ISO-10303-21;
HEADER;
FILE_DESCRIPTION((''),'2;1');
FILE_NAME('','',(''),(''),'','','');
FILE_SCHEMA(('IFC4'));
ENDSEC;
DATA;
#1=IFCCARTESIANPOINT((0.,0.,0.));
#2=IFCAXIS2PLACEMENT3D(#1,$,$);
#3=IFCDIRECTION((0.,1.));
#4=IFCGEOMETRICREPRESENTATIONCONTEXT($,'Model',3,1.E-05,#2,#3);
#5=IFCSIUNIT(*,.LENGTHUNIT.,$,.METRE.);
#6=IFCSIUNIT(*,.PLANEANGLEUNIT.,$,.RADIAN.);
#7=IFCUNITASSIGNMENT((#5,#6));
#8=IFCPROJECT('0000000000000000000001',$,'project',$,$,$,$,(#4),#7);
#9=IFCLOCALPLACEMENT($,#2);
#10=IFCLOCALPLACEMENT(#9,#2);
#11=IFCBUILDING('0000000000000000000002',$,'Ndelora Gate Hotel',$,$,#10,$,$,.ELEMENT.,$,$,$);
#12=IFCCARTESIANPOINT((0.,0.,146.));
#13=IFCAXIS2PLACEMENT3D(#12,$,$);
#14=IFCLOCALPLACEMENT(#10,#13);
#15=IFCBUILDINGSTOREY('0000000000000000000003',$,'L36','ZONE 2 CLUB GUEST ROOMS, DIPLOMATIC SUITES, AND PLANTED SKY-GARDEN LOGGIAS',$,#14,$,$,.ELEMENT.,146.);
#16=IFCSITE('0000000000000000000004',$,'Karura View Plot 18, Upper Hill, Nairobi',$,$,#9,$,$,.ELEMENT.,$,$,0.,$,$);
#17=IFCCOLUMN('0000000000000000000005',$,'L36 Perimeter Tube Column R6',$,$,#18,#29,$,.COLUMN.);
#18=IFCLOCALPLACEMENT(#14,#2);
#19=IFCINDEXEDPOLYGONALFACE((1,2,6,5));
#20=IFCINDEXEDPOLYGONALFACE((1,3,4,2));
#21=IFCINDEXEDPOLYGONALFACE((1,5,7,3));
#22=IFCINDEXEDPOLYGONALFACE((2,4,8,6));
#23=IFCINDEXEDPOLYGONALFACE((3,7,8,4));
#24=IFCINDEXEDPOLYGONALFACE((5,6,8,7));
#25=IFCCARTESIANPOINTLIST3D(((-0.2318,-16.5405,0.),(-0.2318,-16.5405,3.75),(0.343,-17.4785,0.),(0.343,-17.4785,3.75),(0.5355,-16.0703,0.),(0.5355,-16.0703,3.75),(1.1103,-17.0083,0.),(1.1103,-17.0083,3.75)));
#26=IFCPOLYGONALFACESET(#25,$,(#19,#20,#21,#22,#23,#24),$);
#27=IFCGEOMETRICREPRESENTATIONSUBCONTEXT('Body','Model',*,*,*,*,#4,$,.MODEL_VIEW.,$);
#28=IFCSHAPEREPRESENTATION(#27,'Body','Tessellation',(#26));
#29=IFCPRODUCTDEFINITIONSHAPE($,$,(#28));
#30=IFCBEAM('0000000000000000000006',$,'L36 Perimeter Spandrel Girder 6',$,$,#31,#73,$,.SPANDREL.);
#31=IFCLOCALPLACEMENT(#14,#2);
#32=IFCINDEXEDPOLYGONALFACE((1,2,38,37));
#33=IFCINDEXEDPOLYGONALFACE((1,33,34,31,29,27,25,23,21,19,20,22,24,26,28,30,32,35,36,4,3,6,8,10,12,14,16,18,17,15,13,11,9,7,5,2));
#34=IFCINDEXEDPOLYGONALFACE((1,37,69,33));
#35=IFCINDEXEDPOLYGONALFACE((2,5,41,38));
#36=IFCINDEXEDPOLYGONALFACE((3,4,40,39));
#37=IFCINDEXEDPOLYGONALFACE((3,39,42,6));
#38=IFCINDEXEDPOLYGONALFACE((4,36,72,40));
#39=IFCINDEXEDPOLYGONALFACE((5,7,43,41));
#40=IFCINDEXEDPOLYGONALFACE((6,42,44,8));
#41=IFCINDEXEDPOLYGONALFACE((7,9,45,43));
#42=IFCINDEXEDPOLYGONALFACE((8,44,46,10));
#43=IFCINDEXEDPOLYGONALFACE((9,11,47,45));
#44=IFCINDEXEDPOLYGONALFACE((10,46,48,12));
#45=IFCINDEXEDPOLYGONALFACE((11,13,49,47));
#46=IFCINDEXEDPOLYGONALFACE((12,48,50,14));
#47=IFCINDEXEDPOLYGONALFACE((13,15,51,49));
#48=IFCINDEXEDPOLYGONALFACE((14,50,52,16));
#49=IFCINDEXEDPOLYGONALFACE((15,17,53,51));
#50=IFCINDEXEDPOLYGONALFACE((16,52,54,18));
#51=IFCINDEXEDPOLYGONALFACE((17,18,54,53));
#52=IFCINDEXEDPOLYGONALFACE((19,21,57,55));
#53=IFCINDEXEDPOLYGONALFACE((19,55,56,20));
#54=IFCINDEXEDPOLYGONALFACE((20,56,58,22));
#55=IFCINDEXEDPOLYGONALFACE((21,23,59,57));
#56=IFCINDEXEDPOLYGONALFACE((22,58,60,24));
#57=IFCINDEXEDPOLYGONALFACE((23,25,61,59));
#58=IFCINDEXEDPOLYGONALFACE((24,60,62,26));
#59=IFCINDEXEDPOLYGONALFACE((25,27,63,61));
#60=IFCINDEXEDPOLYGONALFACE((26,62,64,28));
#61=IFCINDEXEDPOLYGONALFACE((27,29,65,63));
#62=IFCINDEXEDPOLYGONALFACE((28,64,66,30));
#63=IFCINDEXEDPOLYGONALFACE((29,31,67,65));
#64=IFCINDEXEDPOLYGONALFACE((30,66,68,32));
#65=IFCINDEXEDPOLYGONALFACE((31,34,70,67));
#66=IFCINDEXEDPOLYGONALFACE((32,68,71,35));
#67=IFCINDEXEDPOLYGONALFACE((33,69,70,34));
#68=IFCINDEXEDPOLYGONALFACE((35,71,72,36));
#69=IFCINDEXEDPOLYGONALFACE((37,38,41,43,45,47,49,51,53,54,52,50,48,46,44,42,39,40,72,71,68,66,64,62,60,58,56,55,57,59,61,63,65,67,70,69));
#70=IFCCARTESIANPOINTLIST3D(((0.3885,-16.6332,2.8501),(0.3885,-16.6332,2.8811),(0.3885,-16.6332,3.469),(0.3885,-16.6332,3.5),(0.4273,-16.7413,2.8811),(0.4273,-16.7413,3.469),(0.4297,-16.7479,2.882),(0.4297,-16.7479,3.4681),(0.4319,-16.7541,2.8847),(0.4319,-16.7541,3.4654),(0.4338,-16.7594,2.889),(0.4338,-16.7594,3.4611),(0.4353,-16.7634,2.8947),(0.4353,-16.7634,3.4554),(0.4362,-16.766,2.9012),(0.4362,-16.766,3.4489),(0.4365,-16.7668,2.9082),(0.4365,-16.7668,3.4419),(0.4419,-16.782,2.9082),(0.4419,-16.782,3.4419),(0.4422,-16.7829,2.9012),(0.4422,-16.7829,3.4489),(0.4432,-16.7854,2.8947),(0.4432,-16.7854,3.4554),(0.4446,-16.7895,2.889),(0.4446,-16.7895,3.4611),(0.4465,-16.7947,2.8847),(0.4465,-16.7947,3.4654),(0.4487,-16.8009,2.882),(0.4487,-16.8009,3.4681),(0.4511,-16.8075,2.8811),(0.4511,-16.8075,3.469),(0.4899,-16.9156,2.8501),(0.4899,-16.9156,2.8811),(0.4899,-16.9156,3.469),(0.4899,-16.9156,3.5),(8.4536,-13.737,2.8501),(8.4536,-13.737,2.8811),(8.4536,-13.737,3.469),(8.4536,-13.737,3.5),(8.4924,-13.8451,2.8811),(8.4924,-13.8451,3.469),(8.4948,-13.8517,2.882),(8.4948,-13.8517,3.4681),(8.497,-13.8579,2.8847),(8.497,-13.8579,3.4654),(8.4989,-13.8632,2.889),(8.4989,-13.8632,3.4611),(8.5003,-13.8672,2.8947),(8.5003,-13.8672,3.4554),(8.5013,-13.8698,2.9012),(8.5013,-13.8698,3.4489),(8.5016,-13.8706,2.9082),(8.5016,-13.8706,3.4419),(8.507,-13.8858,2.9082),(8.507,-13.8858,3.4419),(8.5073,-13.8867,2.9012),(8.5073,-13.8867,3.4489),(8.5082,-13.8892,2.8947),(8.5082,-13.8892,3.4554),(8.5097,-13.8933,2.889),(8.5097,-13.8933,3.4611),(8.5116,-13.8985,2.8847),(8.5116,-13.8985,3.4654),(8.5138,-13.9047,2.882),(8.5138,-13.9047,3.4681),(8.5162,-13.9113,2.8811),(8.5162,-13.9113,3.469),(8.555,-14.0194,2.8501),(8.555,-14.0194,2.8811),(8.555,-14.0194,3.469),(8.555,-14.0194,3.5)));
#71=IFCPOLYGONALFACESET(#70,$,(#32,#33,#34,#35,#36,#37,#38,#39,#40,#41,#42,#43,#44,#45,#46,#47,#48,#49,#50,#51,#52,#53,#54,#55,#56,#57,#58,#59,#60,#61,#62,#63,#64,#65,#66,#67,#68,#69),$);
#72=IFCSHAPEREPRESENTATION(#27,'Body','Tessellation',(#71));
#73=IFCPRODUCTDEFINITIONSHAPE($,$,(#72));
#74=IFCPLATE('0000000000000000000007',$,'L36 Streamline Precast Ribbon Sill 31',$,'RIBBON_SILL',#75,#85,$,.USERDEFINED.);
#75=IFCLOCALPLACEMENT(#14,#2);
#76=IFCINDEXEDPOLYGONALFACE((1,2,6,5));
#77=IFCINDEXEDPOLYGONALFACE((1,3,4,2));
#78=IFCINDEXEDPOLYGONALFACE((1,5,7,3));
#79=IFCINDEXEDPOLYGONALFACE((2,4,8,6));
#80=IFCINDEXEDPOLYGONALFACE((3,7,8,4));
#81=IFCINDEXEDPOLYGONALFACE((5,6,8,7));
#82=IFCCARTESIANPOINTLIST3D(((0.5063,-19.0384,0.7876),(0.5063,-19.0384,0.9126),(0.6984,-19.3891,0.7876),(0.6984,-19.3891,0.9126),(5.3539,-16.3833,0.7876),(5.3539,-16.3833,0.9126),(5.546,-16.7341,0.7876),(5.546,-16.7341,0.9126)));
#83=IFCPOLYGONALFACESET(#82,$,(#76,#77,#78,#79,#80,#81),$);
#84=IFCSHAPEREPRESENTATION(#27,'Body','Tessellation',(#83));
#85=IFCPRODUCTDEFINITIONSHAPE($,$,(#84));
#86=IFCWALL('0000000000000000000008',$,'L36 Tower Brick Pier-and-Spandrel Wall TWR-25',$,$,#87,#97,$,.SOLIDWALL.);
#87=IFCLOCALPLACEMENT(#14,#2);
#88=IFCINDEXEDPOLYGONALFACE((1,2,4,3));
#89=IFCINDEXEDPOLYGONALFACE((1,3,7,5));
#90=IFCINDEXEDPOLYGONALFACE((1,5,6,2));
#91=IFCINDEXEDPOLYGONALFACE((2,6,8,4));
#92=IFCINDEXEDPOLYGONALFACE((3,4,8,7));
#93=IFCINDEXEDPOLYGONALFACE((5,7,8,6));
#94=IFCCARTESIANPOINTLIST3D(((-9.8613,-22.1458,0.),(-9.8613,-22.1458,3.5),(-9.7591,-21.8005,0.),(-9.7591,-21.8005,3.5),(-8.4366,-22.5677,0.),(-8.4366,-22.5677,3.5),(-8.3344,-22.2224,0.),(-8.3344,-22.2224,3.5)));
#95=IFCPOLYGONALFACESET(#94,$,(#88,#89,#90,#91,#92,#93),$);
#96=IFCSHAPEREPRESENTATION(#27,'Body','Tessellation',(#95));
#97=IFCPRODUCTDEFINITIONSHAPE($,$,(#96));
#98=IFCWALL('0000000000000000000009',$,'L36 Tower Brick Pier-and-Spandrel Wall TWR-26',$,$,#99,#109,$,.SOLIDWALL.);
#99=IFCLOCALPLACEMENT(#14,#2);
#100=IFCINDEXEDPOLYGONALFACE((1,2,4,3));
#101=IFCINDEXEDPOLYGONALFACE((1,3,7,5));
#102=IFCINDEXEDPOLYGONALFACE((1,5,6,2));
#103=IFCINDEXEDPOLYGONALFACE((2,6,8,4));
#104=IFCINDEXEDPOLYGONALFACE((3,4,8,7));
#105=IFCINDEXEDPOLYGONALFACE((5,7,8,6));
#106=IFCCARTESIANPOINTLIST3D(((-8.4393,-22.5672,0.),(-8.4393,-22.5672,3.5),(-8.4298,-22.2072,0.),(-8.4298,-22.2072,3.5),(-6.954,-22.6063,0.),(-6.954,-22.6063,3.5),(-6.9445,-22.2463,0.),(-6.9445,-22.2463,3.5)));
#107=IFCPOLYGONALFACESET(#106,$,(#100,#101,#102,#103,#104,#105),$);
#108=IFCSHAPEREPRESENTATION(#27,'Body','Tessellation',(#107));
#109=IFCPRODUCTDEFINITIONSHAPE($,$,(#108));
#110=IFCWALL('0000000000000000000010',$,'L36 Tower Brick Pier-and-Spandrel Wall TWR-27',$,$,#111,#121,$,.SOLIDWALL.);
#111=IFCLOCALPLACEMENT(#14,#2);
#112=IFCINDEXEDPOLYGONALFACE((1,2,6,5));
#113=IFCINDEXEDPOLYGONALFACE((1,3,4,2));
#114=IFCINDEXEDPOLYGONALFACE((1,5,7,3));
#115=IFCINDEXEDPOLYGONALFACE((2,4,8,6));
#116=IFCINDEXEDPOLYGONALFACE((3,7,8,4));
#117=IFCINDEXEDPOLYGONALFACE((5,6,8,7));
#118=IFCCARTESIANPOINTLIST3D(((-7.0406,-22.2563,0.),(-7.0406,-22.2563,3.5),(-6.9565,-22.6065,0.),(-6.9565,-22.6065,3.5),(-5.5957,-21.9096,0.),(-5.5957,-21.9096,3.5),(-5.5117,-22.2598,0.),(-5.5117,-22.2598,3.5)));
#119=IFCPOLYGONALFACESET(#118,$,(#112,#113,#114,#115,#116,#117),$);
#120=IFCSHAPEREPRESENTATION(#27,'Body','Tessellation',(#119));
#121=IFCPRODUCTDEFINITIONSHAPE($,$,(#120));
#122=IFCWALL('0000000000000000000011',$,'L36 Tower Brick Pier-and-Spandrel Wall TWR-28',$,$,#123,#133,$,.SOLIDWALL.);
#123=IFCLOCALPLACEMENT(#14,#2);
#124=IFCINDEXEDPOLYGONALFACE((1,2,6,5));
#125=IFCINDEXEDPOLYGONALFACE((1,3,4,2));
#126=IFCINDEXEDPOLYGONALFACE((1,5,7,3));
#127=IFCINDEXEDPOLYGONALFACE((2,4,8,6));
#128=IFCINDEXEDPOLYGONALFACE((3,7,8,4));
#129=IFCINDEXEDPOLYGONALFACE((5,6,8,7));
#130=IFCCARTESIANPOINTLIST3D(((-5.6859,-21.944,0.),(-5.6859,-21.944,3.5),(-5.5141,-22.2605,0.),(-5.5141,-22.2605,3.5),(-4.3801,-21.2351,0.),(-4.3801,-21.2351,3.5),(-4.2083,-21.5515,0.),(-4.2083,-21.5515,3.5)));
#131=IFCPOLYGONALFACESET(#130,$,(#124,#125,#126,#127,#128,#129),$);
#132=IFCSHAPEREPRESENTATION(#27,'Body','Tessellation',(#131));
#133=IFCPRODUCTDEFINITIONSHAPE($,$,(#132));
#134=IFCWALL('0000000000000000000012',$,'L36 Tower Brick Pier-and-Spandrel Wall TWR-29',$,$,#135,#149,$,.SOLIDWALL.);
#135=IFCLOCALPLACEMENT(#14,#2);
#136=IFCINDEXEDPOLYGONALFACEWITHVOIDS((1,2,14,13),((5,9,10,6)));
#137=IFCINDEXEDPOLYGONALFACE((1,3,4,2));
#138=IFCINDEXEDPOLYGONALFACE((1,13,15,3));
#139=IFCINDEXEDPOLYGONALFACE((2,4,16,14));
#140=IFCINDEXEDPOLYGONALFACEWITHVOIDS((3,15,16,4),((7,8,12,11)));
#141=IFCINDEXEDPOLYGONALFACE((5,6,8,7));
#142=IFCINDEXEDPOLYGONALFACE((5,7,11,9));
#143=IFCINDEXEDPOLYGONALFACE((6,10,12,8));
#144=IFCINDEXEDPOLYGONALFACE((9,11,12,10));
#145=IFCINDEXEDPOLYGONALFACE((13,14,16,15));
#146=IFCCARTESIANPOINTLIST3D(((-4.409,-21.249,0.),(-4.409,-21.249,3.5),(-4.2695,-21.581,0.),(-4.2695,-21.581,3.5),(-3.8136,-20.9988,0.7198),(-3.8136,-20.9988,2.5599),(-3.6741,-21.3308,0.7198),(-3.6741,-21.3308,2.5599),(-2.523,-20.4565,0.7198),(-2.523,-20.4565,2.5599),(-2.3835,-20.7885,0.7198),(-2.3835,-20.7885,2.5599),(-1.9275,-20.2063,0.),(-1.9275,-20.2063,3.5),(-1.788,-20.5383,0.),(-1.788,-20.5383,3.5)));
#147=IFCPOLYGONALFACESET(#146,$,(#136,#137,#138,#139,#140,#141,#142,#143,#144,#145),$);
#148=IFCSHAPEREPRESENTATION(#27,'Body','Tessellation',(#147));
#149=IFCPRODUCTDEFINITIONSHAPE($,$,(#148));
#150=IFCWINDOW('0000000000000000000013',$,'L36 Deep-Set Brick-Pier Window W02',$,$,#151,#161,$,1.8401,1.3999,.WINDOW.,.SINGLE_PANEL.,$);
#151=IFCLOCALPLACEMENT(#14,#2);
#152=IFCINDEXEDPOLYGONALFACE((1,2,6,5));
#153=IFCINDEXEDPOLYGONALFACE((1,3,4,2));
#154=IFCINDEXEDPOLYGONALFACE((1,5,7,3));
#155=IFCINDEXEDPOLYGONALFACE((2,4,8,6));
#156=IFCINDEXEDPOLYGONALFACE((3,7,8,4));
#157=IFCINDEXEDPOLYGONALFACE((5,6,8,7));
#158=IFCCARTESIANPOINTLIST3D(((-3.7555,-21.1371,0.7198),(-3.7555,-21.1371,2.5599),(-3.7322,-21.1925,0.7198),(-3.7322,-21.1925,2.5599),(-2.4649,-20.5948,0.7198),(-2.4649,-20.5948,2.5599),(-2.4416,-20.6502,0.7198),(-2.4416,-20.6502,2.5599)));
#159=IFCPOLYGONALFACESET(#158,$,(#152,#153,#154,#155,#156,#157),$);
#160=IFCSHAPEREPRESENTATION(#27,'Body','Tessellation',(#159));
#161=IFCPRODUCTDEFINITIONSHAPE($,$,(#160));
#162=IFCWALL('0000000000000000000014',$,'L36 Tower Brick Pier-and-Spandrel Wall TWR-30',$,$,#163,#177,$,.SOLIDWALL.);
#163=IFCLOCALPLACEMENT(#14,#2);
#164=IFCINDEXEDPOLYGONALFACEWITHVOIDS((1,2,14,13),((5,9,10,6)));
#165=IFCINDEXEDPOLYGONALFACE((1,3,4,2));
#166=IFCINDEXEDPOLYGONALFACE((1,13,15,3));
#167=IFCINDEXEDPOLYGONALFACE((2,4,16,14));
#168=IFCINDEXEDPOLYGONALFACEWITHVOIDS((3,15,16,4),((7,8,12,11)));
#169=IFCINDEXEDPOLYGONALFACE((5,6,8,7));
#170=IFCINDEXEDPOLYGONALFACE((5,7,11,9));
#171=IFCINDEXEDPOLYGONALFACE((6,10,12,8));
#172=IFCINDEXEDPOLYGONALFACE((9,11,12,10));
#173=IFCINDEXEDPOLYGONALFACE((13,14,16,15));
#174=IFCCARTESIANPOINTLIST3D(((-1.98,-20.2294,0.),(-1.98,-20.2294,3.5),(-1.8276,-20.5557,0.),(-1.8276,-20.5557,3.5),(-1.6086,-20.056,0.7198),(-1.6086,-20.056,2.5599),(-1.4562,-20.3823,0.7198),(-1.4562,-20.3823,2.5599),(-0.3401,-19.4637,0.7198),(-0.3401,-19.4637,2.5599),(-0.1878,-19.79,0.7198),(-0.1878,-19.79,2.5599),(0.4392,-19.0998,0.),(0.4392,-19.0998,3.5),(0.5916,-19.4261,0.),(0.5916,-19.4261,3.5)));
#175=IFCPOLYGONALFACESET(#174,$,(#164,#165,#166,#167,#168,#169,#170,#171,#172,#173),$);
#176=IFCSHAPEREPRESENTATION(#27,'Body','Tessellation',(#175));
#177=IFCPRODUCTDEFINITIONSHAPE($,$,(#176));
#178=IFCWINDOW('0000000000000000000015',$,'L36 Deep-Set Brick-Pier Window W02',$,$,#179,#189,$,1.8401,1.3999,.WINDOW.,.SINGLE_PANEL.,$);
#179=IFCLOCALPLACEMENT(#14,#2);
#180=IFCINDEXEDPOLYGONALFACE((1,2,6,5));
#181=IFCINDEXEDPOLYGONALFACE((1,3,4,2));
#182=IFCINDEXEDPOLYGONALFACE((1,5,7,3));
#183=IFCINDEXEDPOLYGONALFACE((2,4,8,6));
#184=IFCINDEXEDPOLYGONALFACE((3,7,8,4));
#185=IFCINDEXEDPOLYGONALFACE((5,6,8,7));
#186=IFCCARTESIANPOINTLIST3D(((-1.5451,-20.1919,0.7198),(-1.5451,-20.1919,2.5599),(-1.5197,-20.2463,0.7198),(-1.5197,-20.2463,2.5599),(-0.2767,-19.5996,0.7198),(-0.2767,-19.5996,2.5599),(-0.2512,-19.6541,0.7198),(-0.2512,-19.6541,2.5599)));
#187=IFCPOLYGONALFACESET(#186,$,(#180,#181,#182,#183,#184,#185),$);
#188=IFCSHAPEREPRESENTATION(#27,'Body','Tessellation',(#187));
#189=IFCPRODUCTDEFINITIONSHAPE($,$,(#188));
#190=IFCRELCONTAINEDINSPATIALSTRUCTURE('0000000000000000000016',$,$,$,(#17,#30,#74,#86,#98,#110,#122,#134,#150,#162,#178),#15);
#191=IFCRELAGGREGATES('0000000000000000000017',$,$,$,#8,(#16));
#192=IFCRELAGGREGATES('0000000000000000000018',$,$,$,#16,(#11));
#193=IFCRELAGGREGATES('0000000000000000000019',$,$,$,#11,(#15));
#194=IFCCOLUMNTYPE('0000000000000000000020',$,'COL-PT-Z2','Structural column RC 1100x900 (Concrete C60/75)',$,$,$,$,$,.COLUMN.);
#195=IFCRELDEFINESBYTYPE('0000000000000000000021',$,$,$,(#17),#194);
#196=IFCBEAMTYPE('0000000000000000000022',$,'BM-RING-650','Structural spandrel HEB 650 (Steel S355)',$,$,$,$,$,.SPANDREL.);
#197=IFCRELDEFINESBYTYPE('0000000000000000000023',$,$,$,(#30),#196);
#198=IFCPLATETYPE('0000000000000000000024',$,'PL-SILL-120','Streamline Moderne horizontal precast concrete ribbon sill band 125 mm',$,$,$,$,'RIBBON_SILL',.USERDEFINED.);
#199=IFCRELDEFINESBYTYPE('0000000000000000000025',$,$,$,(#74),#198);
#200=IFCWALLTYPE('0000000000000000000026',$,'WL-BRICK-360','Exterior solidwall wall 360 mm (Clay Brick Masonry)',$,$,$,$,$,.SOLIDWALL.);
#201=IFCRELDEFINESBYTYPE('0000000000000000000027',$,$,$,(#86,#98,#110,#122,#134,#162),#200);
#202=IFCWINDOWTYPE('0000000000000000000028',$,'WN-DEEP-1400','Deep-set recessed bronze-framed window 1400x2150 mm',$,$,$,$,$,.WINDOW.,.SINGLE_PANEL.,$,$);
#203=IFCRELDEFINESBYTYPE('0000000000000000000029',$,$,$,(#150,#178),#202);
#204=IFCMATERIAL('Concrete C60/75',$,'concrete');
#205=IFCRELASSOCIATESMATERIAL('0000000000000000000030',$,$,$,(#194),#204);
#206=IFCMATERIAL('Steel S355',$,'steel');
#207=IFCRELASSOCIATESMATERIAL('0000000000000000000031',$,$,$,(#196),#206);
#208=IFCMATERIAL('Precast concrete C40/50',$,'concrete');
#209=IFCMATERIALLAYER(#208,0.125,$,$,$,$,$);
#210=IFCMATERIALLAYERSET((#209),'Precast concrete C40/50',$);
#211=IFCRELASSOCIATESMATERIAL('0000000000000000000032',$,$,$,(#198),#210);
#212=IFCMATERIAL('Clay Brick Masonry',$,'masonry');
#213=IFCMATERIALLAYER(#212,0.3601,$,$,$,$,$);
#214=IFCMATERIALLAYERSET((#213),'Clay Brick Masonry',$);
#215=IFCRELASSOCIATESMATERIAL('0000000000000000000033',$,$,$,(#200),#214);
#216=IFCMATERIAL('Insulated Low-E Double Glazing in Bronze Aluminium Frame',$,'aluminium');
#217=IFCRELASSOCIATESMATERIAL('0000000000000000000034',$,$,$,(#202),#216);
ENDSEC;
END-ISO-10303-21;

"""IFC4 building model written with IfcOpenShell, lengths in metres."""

from ifc_helpers import new_model, si_unit, direction, frame, frame_2d, origin, origin_2d, place, context, subcontext, project, spatial, rectangle, i_section, extrude, material, layer, layer_set, material_profile, profile_set, type_object, element, fill, save


model = new_model("IFC4")

# Units and contexts
model_context = context("Model", 3, precision=1e-05, world=origin(), true_north=direction((0.0, 1.0)))
body_context = subcontext(model_context, "Body", "Model", "MODEL_VIEW")
ifc_project = project(units=[si_unit("LENGTHUNIT", "METRE"), si_unit("PLANEANGLEUNIT", "RADIAN")], contexts=[model_context])

# Site, building, storey
site_placement = place(None, origin())
site = spatial("IfcSite", under=ifc_project, at=site_placement, Name="Karura View Plot 18, Upper Hill, Nairobi", CompositionType="ELEMENT", RefElevation=0.0)
building_placement = place(site_placement, origin())
building = spatial("IfcBuilding", under=site, at=building_placement, Name="Ndelora Gate Hotel", CompositionType="ELEMENT")
storey_placement = place(building_placement, frame((0.0, 0.0, 146.0)))
storey = spatial("IfcBuildingStorey", under=building, at=storey_placement, Name="L36", Description="ZONE 2 CLUB GUEST ROOMS, DIPLOMATIC SUITES, AND PLANTED SKY-GARDEN LOGGIAS", CompositionType="ELEMENT", Elevation=146.0)

# Column
ifc_material_1 = material(Name="Concrete C60/75", Category="concrete")
ifc_material_profile_1 = material_profile(ifc_material_1, rectangle(XDim=0.8999, YDim=1.1001, at=origin_2d()), Name="RC 1100x900")
ifc_profile_set_1 = profile_set([ifc_material_profile_1], Name="Concrete C60/75")
column_type = type_object("IfcColumnType", Name="COL-PT-Z2", Description="Structural column RC 1100x900 (Concrete C60/75)", PredefinedType="COLUMN", material=ifc_profile_set_1)
column_placement = place(storey_placement, frame((0.4392, -16.7744, 0.0), z_axis=(0.0, 0.0, 1.0), x_axis=(0.85264, 0.522499, 0.0)))
element("IfcColumn", 1, at=column_placement, inside=storey, type_object=column_type, Name="L36 Perimeter Tube Column R6", PredefinedType="COLUMN", context=body_context, shape_type="SweptSolid", body=[
    extrude(rectangle(XDim=0.8999, YDim=1.1001, at=origin_2d()), origin(), (0.0, 0.0, 1.0), 3.75),
])

# Beam
ifc_material_2 = material(Name="Steel S355", Category="steel")
ifc_material_profile_2 = material_profile(ifc_material_2, i_section(OverallWidth=0.3, OverallDepth=0.6499, WebThickness=0.0161, FlangeThickness=0.031, FilletRadius=0.0271, at=origin_2d()), Name="HEB 650")
ifc_profile_set_2 = profile_set([ifc_material_profile_2], Name="Steel S355")
beam_type = type_object("IfcBeamType", Name="BM-RING-650", Description="Structural spandrel HEB 650 (Steel S355)", PredefinedType="SPANDREL", material=ifc_profile_set_2)
beam_placement = place(storey_placement, frame((0.4392, -16.7744, 3.175), z_axis=(0.941156, 0.337973, 0.0), x_axis=(-0.337973, 0.941156, 0.0)))
element("IfcBeam", 2, at=beam_placement, inside=storey, type_object=beam_type, Name="L36 Perimeter Spandrel Girder 6", PredefinedType="SPANDREL", context=body_context, shape_type="SweptSolid", body=[
    extrude(i_section(OverallWidth=0.3, OverallDepth=0.6499, WebThickness=0.0161, FlangeThickness=0.031, FilletRadius=0.0271, at=origin_2d()), origin(), (0.0, 0.0, 1.0), 8.5693),
])

# Plate
ifc_material_3 = material(Name="Precast concrete C40/50", Category="concrete")
ifc_layer_1 = layer(ifc_material_3, 0.125)
ifc_layer_set_1 = layer_set([ifc_layer_1], Name="Precast concrete C40/50")
plate_type = type_object("IfcPlateType", Name="PL-SILL-120", Description="Streamline Moderne horizontal precast concrete ribbon sill band 125 mm", ElementType="RIBBON_SILL", PredefinedType="USERDEFINED", material=ifc_layer_set_1)
plate_placement = place(storey_placement, frame((3.0261, -17.8862, 0.7876), z_axis=(0.0, 0.0, 1.0), x_axis=(0.877062, 0.480377, 0.0)))
element("IfcPlate", 3, at=plate_placement, inside=storey, type_object=plate_type, Name="L36 Streamline Precast Ribbon Sill 31", ObjectType="RIBBON_SILL", PredefinedType="USERDEFINED", context=body_context, shape_type="SweptSolid", body=[
    extrude(rectangle(XDim=5.5271, YDim=0.3999, at=origin_2d()), origin(), (0.0, 0.0, 1.0), 0.125),
])

# Walls
ifc_material_4 = material(Name="Clay Brick Masonry", Category="masonry")
ifc_layer_2 = layer(ifc_material_4, 0.3601)
ifc_layer_set_2 = layer_set([ifc_layer_2], Name="Clay Brick Masonry")
wall_type_1 = type_object("IfcWallType", Name="WL-BRICK-360", Description="Exterior solidwall wall 360 mm (Clay Brick Masonry)", PredefinedType="SOLIDWALL", material=ifc_layer_set_2)
for number, where, z_axis, x_axis, name in (
    (4, (-8.3855, -22.395, 0.0), (0.0, 0.0, 1.0), (-0.958851, 0.283909, 0.0), "L36 Tower Brick Pier-and-Spandrel Wall TWR-25"),
    (5, (-6.9492, -22.4263, 0.0), (0.0, 0.0, 1.0), (-0.999654, 0.026289, 0.0), "L36 Tower Brick Pier-and-Spandrel Wall TWR-26"),
    (6, (-5.5537, -22.0847, 0.0), (0.0, 0.0, 1.0), (-0.972399, -0.233323, 0.0), "L36 Tower Brick Pier-and-Spandrel Wall TWR-27"),
    (7, (-4.2942, -21.3933, 0.0), (0.0, 0.0, 1.0), (-0.878836, -0.477124, 0.0), "L36 Tower Brick Pier-and-Spandrel Wall TWR-28"),
):
    element("IfcWall", number, at=place(storey_placement, frame(where, z_axis=z_axis, x_axis=x_axis)), inside=storey, type_object=wall_type_1, Name=name, PredefinedType="SOLIDWALL", context=body_context, shape_type="SweptSolid", body=[
        extrude(rectangle(XDim=1.4858, YDim=0.3601, at=frame_2d((0.7429, 0.0))), origin(), (0.0, 0.0, 1.0), 3.5),
    ])

# Walls, openings, windows
wall_1_placement = place(storey_placement, frame((-1.8579, -20.3723, 0.0), z_axis=(0.0, 0.0, 1.0), x_axis=(-0.921913, -0.387396, 0.0)))
wall_1 = element("IfcWall", 8, at=wall_1_placement, inside=storey, type_object=wall_type_1, Name="L36 Tower Brick Pier-and-Spandrel Wall TWR-29", PredefinedType="SOLIDWALL", context=body_context, shape_type="SweptSolid", body=[
    extrude(rectangle(XDim=2.6917, YDim=0.3601, at=frame_2d((1.3457, 0.0))), origin(), (0.0, 0.0, 1.0), 3.5),
])
opening_1_placement = place(wall_1_placement, frame((0.6458, 0.0, 0.72)))
opening_1 = element("IfcOpeningElement", 9, at=opening_1_placement, cuts=wall_1, PredefinedType="OPENING", context=body_context, shape_type="SweptSolid", body=[
    extrude(rectangle(XDim=1.3999, YDim=1.8401, at=frame_2d((0.7, 0.9199))), frame((0.0, 0.1899, 0.0), z_axis=(0.0, -1.0, 0.0), x_axis=(1.0, 0.0, 0.0)), (0.0, 0.0, 1.0), 0.3801),
])
ifc_material_5 = material(Name="Insulated Low-E Double Glazing in Bronze Aluminium Frame", Category="aluminium")
window_type = type_object("IfcWindowType", Name="WN-DEEP-1400", Description="Deep-set recessed bronze-framed window 1400x2150 mm", PartitioningType="SINGLE_PANEL", PredefinedType="WINDOW", material=ifc_material_5)
window_1_placement = place(opening_1_placement, origin())
window_1 = element("IfcWindow", 10, at=window_1_placement, inside=storey, type_object=window_type, Name="L36 Deep-Set Brick-Pier Window W02", OverallHeight=1.8401, OverallWidth=1.3999, PartitioningType="SINGLE_PANEL", PredefinedType="WINDOW", context=body_context, shape_type="SweptSolid", body=[
    extrude(rectangle(XDim=1.3999, YDim=1.8401, at=frame_2d((0.7, 0.9199))), frame((0.0, 0.03, 0.0), z_axis=(0.0, -1.0, 0.0), x_axis=(1.0, 0.0, 0.0)), (0.0, 0.0, 1.0), 0.0601),
])
fill(opening_1, window_1)
wall_2_placement = place(storey_placement, frame((0.5154, -19.2629, 0.0), z_axis=(0.0, 0.0, 1.0), x_axis=(-0.906085, -0.423096, 0.0)))
wall_2 = element("IfcWall", 11, at=wall_2_placement, inside=storey, type_object=wall_type_1, Name="L36 Tower Brick Pier-and-Spandrel Wall TWR-30", PredefinedType="SOLIDWALL", context=body_context, shape_type="SweptSolid", body=[
    extrude(rectangle(XDim=2.6699, YDim=0.3601, at=frame_2d((1.335, 0.0))), origin(), (0.0, 0.0, 1.0), 3.5),
])
opening_2_placement = place(wall_2_placement, frame((0.8601, 0.0, 0.72)))
opening_2 = element("IfcOpeningElement", 12, at=opening_2_placement, cuts=wall_2, PredefinedType="OPENING", context=body_context, shape_type="SweptSolid", body=[
    extrude(rectangle(XDim=1.3999, YDim=1.8401, at=frame_2d((0.7, 0.9199))), frame((0.0, 0.1899, 0.0), z_axis=(0.0, -1.0, 0.0), x_axis=(1.0, 0.0, 0.0)), (0.0, 0.0, 1.0), 0.3801),
])
window_2_placement = place(opening_2_placement, origin())
window_2 = element("IfcWindow", 13, at=window_2_placement, inside=storey, type_object=window_type, Name="L36 Deep-Set Brick-Pier Window W02", OverallHeight=1.8401, OverallWidth=1.3999, PartitioningType="SINGLE_PANEL", PredefinedType="WINDOW", context=body_context, shape_type="SweptSolid", body=[
    extrude(rectangle(XDim=1.3999, YDim=1.8401, at=frame_2d((0.7, 0.9199))), frame((0.0, 0.03, 0.0), z_axis=(0.0, -1.0, 0.0), x_axis=(1.0, 0.0, 0.0)), (0.0, 0.0, 1.0), 0.0601),
])
fill(opening_2, window_2)

save(model, "model.ifc")
